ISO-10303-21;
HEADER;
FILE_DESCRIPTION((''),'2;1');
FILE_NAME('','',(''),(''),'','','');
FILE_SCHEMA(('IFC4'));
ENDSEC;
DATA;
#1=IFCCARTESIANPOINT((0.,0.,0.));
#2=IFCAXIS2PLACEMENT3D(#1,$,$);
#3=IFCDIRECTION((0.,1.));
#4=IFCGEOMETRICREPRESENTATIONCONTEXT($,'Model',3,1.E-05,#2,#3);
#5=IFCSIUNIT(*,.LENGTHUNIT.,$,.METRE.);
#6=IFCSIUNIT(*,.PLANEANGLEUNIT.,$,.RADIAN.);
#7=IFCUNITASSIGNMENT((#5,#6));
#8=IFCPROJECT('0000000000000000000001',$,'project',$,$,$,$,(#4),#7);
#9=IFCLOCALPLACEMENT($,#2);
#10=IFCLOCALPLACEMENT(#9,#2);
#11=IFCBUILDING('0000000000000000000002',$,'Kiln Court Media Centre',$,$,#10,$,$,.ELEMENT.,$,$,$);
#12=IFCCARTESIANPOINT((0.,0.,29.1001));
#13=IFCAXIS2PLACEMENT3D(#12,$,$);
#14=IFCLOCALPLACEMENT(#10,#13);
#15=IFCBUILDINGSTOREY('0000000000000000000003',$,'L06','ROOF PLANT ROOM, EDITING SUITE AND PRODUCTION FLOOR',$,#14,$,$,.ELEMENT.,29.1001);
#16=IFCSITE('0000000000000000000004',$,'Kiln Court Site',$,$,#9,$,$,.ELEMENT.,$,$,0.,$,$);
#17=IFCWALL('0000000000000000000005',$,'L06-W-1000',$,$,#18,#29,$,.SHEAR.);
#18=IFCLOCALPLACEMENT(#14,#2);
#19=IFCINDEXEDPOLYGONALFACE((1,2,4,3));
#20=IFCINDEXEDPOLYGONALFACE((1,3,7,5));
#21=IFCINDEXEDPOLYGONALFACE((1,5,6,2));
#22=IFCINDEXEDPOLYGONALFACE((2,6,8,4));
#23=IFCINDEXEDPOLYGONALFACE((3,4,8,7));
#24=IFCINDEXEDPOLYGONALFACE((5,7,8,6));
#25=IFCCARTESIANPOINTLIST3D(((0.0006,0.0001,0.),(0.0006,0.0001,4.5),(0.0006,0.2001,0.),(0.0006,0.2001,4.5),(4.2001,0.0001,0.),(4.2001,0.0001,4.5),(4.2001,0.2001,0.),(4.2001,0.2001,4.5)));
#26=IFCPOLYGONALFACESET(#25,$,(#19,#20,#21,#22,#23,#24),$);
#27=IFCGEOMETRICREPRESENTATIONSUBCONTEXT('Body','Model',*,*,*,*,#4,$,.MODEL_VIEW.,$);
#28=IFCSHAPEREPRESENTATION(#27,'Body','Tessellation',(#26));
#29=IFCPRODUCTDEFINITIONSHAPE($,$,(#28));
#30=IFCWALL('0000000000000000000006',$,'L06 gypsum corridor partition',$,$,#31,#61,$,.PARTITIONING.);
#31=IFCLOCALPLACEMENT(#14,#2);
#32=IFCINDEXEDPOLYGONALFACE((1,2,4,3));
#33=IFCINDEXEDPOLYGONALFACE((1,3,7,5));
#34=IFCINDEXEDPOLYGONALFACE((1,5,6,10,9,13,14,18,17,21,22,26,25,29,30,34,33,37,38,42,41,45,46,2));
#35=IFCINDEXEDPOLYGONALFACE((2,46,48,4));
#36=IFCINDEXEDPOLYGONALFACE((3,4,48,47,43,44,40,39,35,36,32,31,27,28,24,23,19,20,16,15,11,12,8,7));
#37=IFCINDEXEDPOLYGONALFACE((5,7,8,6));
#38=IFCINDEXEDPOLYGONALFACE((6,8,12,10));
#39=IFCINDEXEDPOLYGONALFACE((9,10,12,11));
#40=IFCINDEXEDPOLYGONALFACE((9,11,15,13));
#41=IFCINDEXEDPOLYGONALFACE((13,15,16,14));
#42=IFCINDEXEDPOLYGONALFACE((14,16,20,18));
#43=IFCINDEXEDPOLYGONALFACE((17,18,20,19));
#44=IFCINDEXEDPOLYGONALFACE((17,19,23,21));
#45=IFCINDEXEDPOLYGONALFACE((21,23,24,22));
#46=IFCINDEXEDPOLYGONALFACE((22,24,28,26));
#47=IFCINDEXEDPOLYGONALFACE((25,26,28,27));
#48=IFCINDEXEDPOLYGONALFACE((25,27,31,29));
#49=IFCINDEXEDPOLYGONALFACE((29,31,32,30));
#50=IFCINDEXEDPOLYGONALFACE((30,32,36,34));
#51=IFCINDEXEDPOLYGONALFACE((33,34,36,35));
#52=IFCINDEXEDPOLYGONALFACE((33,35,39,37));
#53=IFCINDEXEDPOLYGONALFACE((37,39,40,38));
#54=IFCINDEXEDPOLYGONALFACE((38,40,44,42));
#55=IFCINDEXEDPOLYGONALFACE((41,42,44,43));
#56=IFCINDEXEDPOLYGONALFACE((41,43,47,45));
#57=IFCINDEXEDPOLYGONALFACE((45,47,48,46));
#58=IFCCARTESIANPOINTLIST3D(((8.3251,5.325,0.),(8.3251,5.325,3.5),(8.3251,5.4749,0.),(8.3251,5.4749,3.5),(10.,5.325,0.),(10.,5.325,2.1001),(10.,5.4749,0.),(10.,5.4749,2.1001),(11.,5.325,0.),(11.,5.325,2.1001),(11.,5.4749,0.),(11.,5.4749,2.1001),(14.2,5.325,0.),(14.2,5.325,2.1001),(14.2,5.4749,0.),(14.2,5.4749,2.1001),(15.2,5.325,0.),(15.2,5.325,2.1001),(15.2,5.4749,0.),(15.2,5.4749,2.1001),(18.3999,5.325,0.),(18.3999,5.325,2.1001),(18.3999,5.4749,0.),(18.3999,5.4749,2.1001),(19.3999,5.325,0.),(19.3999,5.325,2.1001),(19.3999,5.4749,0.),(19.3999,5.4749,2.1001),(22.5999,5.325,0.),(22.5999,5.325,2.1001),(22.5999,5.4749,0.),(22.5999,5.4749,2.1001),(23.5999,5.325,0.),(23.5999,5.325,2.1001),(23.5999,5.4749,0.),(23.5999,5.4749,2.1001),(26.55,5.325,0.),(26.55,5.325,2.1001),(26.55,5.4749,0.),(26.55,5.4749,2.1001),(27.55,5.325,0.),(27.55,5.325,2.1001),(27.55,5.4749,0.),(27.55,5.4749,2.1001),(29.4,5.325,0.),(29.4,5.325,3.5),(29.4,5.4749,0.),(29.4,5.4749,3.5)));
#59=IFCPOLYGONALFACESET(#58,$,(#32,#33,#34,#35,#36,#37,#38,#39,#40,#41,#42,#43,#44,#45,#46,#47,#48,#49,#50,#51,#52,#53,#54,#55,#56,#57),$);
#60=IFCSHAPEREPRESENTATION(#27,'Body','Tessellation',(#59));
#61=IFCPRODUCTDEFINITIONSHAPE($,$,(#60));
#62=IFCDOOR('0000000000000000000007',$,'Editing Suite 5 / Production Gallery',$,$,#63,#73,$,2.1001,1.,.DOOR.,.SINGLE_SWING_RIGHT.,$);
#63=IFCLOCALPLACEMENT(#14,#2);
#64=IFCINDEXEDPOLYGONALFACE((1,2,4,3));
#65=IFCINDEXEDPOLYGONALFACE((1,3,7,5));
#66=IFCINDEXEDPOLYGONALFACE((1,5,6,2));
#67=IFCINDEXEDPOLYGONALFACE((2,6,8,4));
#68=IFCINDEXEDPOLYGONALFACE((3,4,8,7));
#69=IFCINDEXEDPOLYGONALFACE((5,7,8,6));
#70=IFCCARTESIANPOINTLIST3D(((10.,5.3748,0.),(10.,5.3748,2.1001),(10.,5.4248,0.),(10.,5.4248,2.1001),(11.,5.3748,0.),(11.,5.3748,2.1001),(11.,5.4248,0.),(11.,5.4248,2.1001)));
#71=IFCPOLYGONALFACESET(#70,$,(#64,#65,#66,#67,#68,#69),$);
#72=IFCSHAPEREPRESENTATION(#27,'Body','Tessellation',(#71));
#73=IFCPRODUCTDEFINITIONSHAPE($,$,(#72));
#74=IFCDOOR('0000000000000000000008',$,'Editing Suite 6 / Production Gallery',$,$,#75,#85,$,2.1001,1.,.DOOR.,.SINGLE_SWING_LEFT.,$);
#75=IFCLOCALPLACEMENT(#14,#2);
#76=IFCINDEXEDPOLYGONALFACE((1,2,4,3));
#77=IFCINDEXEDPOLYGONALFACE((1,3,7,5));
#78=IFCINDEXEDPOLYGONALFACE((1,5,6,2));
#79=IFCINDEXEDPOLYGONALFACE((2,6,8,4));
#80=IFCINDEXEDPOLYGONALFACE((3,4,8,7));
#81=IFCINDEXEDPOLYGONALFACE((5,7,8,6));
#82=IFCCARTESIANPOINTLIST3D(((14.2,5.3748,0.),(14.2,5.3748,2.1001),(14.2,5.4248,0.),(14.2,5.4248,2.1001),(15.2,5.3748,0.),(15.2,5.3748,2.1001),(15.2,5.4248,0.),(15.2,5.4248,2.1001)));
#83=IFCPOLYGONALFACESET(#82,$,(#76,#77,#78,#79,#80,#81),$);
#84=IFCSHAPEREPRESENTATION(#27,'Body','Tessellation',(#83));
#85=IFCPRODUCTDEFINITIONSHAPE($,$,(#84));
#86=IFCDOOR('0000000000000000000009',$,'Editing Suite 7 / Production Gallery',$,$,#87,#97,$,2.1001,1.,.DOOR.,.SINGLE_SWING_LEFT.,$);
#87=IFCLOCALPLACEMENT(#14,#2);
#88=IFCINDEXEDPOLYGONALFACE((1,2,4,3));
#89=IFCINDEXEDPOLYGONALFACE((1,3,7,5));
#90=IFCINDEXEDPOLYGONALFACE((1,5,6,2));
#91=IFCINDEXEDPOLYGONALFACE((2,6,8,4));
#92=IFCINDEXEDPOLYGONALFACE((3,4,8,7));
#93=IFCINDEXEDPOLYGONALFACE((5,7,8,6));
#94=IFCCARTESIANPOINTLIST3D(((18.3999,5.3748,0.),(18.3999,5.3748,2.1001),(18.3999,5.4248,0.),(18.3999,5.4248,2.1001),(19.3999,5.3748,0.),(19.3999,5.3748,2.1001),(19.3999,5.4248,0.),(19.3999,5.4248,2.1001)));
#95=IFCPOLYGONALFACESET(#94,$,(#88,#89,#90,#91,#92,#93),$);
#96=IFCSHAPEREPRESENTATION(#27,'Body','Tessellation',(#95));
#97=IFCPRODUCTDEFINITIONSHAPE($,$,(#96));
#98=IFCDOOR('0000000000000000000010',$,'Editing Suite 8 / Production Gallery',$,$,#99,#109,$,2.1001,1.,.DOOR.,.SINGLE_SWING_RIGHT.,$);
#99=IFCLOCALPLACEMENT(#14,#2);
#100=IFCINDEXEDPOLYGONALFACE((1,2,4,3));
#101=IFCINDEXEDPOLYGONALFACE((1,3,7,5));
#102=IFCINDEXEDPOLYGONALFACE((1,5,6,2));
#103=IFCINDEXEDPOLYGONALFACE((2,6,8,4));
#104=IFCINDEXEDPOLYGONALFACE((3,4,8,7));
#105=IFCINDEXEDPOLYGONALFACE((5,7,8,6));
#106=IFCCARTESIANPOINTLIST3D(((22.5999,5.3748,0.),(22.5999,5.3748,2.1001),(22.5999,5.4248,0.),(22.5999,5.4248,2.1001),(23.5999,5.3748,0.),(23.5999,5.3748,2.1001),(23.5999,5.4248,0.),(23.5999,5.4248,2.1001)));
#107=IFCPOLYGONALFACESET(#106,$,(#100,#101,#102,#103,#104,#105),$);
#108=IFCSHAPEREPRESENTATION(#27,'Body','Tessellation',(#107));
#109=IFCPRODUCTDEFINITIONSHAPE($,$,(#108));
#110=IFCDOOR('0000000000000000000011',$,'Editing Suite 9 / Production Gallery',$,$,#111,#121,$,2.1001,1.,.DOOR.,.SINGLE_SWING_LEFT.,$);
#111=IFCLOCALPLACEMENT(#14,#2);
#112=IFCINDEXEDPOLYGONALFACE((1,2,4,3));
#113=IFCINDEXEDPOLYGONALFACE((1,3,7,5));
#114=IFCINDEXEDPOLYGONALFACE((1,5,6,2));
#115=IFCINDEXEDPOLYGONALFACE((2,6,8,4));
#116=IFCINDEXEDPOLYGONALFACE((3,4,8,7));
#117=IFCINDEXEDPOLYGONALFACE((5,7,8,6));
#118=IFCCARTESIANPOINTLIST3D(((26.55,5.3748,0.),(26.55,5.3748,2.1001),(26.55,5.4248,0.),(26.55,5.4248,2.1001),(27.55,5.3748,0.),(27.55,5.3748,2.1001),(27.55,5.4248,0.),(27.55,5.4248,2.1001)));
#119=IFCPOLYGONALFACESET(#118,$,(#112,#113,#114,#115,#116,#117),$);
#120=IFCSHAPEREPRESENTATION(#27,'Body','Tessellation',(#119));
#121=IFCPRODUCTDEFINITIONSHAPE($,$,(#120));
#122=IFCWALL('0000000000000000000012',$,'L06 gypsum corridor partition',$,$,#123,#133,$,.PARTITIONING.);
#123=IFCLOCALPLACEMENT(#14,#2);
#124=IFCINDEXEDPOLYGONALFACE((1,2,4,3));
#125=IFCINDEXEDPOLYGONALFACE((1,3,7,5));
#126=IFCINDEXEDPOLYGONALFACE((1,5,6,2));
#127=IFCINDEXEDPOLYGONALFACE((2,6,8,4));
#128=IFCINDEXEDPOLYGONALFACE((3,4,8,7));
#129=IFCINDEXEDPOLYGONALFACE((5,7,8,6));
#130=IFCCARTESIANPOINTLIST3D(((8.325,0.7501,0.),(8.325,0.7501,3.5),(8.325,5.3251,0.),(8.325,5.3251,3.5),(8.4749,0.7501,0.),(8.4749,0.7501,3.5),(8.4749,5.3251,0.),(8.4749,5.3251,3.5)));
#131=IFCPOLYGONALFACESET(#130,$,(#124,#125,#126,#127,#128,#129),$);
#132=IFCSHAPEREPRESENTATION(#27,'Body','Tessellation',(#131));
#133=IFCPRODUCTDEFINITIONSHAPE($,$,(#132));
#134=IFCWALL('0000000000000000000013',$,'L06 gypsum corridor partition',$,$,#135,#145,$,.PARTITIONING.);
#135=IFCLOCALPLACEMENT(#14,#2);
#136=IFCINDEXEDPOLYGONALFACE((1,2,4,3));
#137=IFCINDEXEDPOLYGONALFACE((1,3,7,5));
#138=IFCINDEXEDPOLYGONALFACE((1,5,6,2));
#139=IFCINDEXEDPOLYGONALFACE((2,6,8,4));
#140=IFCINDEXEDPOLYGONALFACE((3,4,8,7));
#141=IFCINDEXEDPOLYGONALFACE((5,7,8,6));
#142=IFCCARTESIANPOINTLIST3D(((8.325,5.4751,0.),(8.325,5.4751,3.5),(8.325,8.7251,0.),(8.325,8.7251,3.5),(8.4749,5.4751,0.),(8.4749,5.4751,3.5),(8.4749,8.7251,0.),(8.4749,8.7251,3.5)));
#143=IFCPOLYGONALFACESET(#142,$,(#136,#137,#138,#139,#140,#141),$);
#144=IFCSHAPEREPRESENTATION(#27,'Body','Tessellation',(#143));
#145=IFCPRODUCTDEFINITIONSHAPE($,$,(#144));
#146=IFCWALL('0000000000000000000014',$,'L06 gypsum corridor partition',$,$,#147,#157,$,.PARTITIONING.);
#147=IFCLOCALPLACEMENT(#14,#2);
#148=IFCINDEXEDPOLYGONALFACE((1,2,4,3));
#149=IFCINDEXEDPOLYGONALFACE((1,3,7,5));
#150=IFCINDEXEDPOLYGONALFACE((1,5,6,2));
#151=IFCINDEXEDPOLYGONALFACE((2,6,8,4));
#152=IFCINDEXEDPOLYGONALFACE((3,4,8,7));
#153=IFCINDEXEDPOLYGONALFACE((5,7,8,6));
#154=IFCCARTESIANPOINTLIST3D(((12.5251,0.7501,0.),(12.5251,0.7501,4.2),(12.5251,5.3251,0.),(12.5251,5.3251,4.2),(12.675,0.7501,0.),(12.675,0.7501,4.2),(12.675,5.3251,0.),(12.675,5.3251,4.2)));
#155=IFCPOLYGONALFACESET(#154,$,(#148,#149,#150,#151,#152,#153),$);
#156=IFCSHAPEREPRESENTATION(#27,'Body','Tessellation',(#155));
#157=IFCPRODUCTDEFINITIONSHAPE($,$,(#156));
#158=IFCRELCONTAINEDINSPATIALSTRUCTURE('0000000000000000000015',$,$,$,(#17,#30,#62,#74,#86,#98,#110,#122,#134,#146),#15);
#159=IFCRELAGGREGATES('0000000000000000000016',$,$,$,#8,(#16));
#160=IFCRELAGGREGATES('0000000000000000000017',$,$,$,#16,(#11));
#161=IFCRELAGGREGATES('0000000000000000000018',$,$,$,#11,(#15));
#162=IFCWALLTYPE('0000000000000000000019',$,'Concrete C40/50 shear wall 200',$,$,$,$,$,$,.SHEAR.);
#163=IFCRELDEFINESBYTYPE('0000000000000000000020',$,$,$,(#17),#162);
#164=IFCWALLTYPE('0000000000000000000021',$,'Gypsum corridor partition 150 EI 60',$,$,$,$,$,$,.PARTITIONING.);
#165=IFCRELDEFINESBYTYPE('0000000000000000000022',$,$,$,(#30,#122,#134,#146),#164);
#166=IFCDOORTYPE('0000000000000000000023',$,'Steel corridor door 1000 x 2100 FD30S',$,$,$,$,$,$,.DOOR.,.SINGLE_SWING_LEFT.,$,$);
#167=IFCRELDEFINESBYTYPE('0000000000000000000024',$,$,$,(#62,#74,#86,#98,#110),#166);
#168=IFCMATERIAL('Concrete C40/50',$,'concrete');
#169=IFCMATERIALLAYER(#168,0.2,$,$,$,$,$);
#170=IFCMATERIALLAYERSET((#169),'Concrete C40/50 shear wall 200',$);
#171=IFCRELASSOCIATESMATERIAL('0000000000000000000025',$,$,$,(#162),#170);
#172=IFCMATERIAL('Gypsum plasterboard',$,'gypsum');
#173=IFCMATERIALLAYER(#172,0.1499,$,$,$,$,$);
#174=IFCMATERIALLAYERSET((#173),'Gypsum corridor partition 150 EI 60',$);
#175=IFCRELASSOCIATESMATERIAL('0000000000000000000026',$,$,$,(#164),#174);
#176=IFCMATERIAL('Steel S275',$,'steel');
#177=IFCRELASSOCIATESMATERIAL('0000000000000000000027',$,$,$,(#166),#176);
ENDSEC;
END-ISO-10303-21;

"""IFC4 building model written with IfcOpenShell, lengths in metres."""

from ifc_helpers import new_model, si_unit, direction, frame, frame_2d, origin, place, context, subcontext, project, spatial, rectangle, extrude, material, layer, layer_set, type_object, element, fill, save


model = new_model("IFC4")

# Units and contexts
model_context = context("Model", 3, precision=1e-05, world=origin(), true_north=direction((0.0, 1.0)))
body_context = subcontext(model_context, "Body", "Model", "MODEL_VIEW")
ifc_project = project(units=[si_unit("LENGTHUNIT", "METRE"), si_unit("PLANEANGLEUNIT", "RADIAN")], contexts=[model_context])

# Site, building, storey
site_placement = place(None, origin())
site = spatial("IfcSite", under=ifc_project, at=site_placement, Name="Kiln Court Site", CompositionType="ELEMENT", RefElevation=0.0)
building_placement = place(site_placement, origin())
building = spatial("IfcBuilding", under=site, at=building_placement, Name="Kiln Court Media Centre", CompositionType="ELEMENT")
storey_placement = place(building_placement, frame((0.0, 0.0, 29.1001)))
storey = spatial("IfcBuildingStorey", under=building, at=storey_placement, Name="L06", Description="ROOF PLANT ROOM, EDITING SUITE AND PRODUCTION FLOOR", CompositionType="ELEMENT", Elevation=29.1001)

# Wall
ifc_material_1 = material(Name="Concrete C40/50", Category="concrete")
ifc_layer_1 = layer(ifc_material_1, 0.2)
ifc_layer_set_1 = layer_set([ifc_layer_1], Name="Concrete C40/50 shear wall 200")
wall_type_1 = type_object("IfcWallType", Name="Concrete C40/50 shear wall 200", PredefinedType="SHEAR", material=ifc_layer_set_1)
wall_1_placement = place(storey_placement, frame((4.2, 0.1001, 0.0), z_axis=(0.0, 0.0, 1.0), x_axis=(-1.0, 0.0, 0.0)))
element("IfcWall", 1, at=wall_1_placement, inside=storey, type_object=wall_type_1, Name="L06-W-1000", PredefinedType="SHEAR", context=body_context, shape_type="SweptSolid", body=[
    extrude(rectangle(XDim=4.1995, YDim=0.2, at=frame_2d((2.0996, 0.0))), origin(), (0.0, 0.0, 1.0), 4.5),
])

# Wall, openings, doors
ifc_material_2 = material(Name="Gypsum plasterboard", Category="gypsum")
ifc_layer_2 = layer(ifc_material_2, 0.1499)
ifc_layer_set_2 = layer_set([ifc_layer_2], Name="Gypsum corridor partition 150 EI 60")
wall_type_2 = type_object("IfcWallType", Name="Gypsum corridor partition 150 EI 60", PredefinedType="PARTITIONING", material=ifc_layer_set_2)
wall_2_placement = place(storey_placement, frame((8.325, 5.3999, 0.0), z_axis=(0.0, 0.0, 1.0), x_axis=(1.0, 0.0, 0.0)))
wall_2 = element("IfcWall", 2, at=wall_2_placement, inside=storey, type_object=wall_type_2, Name="L06 gypsum corridor partition", PredefinedType="PARTITIONING", context=body_context, shape_type="SweptSolid", body=[
    extrude(rectangle(XDim=21.075, YDim=0.1499, at=frame_2d((10.5376, 0.0))), origin(), (0.0, 0.0, 1.0), 3.5),
])
opening_1_placement = place(wall_2_placement, frame((1.675, 0.0, 0.0)))
opening_1 = element("IfcOpeningElement", 3, at=opening_1_placement, cuts=wall_2, PredefinedType="OPENING", context=body_context, shape_type="SweptSolid", body=[
    extrude(rectangle(XDim=1.0, YDim=2.1001, at=frame_2d((0.5, 1.05))), frame((0.0, 0.085, 0.0), z_axis=(0.0, -1.0, 0.0), x_axis=(1.0, 0.0, 0.0)), (0.0, 0.0, 1.0), 0.1699),
])
opening_2_placement = place(wall_2_placement, frame((5.875, 0.0, 0.0)))
opening_2 = element("IfcOpeningElement", 4, at=opening_2_placement, cuts=wall_2, PredefinedType="OPENING", context=body_context, shape_type="SweptSolid", body=[
    extrude(rectangle(XDim=1.0, YDim=2.1001, at=frame_2d((0.5, 1.05))), frame((0.0, 0.085, 0.0), z_axis=(0.0, -1.0, 0.0), x_axis=(1.0, 0.0, 0.0)), (0.0, 0.0, 1.0), 0.1699),
])
opening_3_placement = place(wall_2_placement, frame((10.075, 0.0, 0.0)))
opening_3 = element("IfcOpeningElement", 5, at=opening_3_placement, cuts=wall_2, PredefinedType="OPENING", context=body_context, shape_type="SweptSolid", body=[
    extrude(rectangle(XDim=1.0, YDim=2.1001, at=frame_2d((0.5, 1.05))), frame((0.0, 0.085, 0.0), z_axis=(0.0, -1.0, 0.0), x_axis=(1.0, 0.0, 0.0)), (0.0, 0.0, 1.0), 0.1699),
])
opening_4_placement = place(wall_2_placement, frame((14.2749, 0.0, 0.0)))
opening_4 = element("IfcOpeningElement", 6, at=opening_4_placement, cuts=wall_2, PredefinedType="OPENING", context=body_context, shape_type="SweptSolid", body=[
    extrude(rectangle(XDim=1.0, YDim=2.1001, at=frame_2d((0.5, 1.05))), frame((0.0, 0.085, 0.0), z_axis=(0.0, -1.0, 0.0), x_axis=(1.0, 0.0, 0.0)), (0.0, 0.0, 1.0), 0.1699),
])
opening_5_placement = place(wall_2_placement, frame((18.2251, 0.0, 0.0)))
opening_5 = element("IfcOpeningElement", 7, at=opening_5_placement, cuts=wall_2, PredefinedType="OPENING", context=body_context, shape_type="SweptSolid", body=[
    extrude(rectangle(XDim=1.0, YDim=2.1001, at=frame_2d((0.5, 1.05))), frame((0.0, 0.085, 0.0), z_axis=(0.0, -1.0, 0.0), x_axis=(1.0, 0.0, 0.0)), (0.0, 0.0, 1.0), 0.1699),
])
ifc_material_3 = material(Name="Steel S275", Category="steel")
door_type = type_object("IfcDoorType", Name="Steel corridor door 1000 x 2100 FD30S", OperationType="SINGLE_SWING_LEFT", PredefinedType="DOOR", material=ifc_material_3)
door_1_placement = place(opening_1_placement, origin())
door_1 = element("IfcDoor", 8, at=door_1_placement, inside=storey, type_object=door_type, Name="Editing Suite 5 / Production Gallery", OperationType="SINGLE_SWING_RIGHT", OverallHeight=2.1001, OverallWidth=1.0, PredefinedType="DOOR", context=body_context, shape_type="SweptSolid", body=[
    extrude(rectangle(XDim=1.0, YDim=2.1001, at=frame_2d((0.5, 1.05))), frame((0.0, 0.0249, 0.0), z_axis=(0.0, -1.0, 0.0), x_axis=(1.0, 0.0, 0.0)), (0.0, 0.0, 1.0), 0.05),
])
fill(opening_1, door_1)
door_2_placement = place(opening_2_placement, origin())
door_2 = element("IfcDoor", 9, at=door_2_placement, inside=storey, type_object=door_type, Name="Editing Suite 6 / Production Gallery", OperationType="SINGLE_SWING_LEFT", OverallHeight=2.1001, OverallWidth=1.0, PredefinedType="DOOR", context=body_context, shape_type="SweptSolid", body=[
    extrude(rectangle(XDim=1.0, YDim=2.1001, at=frame_2d((0.5, 1.05))), frame((0.0, 0.0249, 0.0), z_axis=(0.0, -1.0, 0.0), x_axis=(1.0, 0.0, 0.0)), (0.0, 0.0, 1.0), 0.05),
])
fill(opening_2, door_2)
door_3_placement = place(opening_3_placement, origin())
door_3 = element("IfcDoor", 10, at=door_3_placement, inside=storey, type_object=door_type, Name="Editing Suite 7 / Production Gallery", OperationType="SINGLE_SWING_LEFT", OverallHeight=2.1001, OverallWidth=1.0, PredefinedType="DOOR", context=body_context, shape_type="SweptSolid", body=[
    extrude(rectangle(XDim=1.0, YDim=2.1001, at=frame_2d((0.5, 1.05))), frame((0.0, 0.0249, 0.0), z_axis=(0.0, -1.0, 0.0), x_axis=(1.0, 0.0, 0.0)), (0.0, 0.0, 1.0), 0.05),
])
fill(opening_3, door_3)
door_4_placement = place(opening_4_placement, origin())
door_4 = element("IfcDoor", 11, at=door_4_placement, inside=storey, type_object=door_type, Name="Editing Suite 8 / Production Gallery", OperationType="SINGLE_SWING_RIGHT", OverallHeight=2.1001, OverallWidth=1.0, PredefinedType="DOOR", context=body_context, shape_type="SweptSolid", body=[
    extrude(rectangle(XDim=1.0, YDim=2.1001, at=frame_2d((0.5, 1.05))), frame((0.0, 0.0249, 0.0), z_axis=(0.0, -1.0, 0.0), x_axis=(1.0, 0.0, 0.0)), (0.0, 0.0, 1.0), 0.05),
])
fill(opening_4, door_4)
door_5_placement = place(opening_5_placement, origin())
door_5 = element("IfcDoor", 12, at=door_5_placement, inside=storey, type_object=door_type, Name="Editing Suite 9 / Production Gallery", OperationType="SINGLE_SWING_LEFT", OverallHeight=2.1001, OverallWidth=1.0, PredefinedType="DOOR", context=body_context, shape_type="SweptSolid", body=[
    extrude(rectangle(XDim=1.0, YDim=2.1001, at=frame_2d((0.5, 1.05))), frame((0.0, 0.0249, 0.0), z_axis=(0.0, -1.0, 0.0), x_axis=(1.0, 0.0, 0.0)), (0.0, 0.0, 1.0), 0.05),
])
fill(opening_5, door_5)

# Walls
wall_3_placement = place(storey_placement, frame((8.3999, 0.75, 0.0), z_axis=(0.0, 0.0, 1.0), x_axis=(0.0, 1.0, 0.0)))
element("IfcWall", 13, at=wall_3_placement, inside=storey, type_object=wall_type_2, Name="L06 gypsum corridor partition", PredefinedType="PARTITIONING", context=body_context, shape_type="SweptSolid", body=[
    extrude(rectangle(XDim=4.575, YDim=0.1499, at=frame_2d((2.2876, 0.0))), origin(), (0.0, 0.0, 1.0), 3.5),
])
wall_4_placement = place(storey_placement, frame((8.3999, 5.4751, 0.0), z_axis=(0.0, 0.0, 1.0), x_axis=(0.0, 1.0, 0.0)))
element("IfcWall", 14, at=wall_4_placement, inside=storey, type_object=wall_type_2, Name="L06 gypsum corridor partition", PredefinedType="PARTITIONING", context=body_context, shape_type="SweptSolid", body=[
    extrude(rectangle(XDim=3.25, YDim=0.1499, at=frame_2d((1.625, 0.0))), origin(), (0.0, 0.0, 1.0), 3.5),
])
wall_5_placement = place(storey_placement, frame((12.6001, 0.75, 0.0), z_axis=(0.0, 0.0, 1.0), x_axis=(0.0, 1.0, 0.0)))
element("IfcWall", 15, at=wall_5_placement, inside=storey, type_object=wall_type_2, Name="L06 gypsum corridor partition", PredefinedType="PARTITIONING", context=body_context, shape_type="SweptSolid", body=[
    extrude(rectangle(XDim=4.575, YDim=0.1499, at=frame_2d((2.2876, 0.0))), origin(), (0.0, 0.0, 1.0), 4.2),
])

save(model, "model.ifc")
